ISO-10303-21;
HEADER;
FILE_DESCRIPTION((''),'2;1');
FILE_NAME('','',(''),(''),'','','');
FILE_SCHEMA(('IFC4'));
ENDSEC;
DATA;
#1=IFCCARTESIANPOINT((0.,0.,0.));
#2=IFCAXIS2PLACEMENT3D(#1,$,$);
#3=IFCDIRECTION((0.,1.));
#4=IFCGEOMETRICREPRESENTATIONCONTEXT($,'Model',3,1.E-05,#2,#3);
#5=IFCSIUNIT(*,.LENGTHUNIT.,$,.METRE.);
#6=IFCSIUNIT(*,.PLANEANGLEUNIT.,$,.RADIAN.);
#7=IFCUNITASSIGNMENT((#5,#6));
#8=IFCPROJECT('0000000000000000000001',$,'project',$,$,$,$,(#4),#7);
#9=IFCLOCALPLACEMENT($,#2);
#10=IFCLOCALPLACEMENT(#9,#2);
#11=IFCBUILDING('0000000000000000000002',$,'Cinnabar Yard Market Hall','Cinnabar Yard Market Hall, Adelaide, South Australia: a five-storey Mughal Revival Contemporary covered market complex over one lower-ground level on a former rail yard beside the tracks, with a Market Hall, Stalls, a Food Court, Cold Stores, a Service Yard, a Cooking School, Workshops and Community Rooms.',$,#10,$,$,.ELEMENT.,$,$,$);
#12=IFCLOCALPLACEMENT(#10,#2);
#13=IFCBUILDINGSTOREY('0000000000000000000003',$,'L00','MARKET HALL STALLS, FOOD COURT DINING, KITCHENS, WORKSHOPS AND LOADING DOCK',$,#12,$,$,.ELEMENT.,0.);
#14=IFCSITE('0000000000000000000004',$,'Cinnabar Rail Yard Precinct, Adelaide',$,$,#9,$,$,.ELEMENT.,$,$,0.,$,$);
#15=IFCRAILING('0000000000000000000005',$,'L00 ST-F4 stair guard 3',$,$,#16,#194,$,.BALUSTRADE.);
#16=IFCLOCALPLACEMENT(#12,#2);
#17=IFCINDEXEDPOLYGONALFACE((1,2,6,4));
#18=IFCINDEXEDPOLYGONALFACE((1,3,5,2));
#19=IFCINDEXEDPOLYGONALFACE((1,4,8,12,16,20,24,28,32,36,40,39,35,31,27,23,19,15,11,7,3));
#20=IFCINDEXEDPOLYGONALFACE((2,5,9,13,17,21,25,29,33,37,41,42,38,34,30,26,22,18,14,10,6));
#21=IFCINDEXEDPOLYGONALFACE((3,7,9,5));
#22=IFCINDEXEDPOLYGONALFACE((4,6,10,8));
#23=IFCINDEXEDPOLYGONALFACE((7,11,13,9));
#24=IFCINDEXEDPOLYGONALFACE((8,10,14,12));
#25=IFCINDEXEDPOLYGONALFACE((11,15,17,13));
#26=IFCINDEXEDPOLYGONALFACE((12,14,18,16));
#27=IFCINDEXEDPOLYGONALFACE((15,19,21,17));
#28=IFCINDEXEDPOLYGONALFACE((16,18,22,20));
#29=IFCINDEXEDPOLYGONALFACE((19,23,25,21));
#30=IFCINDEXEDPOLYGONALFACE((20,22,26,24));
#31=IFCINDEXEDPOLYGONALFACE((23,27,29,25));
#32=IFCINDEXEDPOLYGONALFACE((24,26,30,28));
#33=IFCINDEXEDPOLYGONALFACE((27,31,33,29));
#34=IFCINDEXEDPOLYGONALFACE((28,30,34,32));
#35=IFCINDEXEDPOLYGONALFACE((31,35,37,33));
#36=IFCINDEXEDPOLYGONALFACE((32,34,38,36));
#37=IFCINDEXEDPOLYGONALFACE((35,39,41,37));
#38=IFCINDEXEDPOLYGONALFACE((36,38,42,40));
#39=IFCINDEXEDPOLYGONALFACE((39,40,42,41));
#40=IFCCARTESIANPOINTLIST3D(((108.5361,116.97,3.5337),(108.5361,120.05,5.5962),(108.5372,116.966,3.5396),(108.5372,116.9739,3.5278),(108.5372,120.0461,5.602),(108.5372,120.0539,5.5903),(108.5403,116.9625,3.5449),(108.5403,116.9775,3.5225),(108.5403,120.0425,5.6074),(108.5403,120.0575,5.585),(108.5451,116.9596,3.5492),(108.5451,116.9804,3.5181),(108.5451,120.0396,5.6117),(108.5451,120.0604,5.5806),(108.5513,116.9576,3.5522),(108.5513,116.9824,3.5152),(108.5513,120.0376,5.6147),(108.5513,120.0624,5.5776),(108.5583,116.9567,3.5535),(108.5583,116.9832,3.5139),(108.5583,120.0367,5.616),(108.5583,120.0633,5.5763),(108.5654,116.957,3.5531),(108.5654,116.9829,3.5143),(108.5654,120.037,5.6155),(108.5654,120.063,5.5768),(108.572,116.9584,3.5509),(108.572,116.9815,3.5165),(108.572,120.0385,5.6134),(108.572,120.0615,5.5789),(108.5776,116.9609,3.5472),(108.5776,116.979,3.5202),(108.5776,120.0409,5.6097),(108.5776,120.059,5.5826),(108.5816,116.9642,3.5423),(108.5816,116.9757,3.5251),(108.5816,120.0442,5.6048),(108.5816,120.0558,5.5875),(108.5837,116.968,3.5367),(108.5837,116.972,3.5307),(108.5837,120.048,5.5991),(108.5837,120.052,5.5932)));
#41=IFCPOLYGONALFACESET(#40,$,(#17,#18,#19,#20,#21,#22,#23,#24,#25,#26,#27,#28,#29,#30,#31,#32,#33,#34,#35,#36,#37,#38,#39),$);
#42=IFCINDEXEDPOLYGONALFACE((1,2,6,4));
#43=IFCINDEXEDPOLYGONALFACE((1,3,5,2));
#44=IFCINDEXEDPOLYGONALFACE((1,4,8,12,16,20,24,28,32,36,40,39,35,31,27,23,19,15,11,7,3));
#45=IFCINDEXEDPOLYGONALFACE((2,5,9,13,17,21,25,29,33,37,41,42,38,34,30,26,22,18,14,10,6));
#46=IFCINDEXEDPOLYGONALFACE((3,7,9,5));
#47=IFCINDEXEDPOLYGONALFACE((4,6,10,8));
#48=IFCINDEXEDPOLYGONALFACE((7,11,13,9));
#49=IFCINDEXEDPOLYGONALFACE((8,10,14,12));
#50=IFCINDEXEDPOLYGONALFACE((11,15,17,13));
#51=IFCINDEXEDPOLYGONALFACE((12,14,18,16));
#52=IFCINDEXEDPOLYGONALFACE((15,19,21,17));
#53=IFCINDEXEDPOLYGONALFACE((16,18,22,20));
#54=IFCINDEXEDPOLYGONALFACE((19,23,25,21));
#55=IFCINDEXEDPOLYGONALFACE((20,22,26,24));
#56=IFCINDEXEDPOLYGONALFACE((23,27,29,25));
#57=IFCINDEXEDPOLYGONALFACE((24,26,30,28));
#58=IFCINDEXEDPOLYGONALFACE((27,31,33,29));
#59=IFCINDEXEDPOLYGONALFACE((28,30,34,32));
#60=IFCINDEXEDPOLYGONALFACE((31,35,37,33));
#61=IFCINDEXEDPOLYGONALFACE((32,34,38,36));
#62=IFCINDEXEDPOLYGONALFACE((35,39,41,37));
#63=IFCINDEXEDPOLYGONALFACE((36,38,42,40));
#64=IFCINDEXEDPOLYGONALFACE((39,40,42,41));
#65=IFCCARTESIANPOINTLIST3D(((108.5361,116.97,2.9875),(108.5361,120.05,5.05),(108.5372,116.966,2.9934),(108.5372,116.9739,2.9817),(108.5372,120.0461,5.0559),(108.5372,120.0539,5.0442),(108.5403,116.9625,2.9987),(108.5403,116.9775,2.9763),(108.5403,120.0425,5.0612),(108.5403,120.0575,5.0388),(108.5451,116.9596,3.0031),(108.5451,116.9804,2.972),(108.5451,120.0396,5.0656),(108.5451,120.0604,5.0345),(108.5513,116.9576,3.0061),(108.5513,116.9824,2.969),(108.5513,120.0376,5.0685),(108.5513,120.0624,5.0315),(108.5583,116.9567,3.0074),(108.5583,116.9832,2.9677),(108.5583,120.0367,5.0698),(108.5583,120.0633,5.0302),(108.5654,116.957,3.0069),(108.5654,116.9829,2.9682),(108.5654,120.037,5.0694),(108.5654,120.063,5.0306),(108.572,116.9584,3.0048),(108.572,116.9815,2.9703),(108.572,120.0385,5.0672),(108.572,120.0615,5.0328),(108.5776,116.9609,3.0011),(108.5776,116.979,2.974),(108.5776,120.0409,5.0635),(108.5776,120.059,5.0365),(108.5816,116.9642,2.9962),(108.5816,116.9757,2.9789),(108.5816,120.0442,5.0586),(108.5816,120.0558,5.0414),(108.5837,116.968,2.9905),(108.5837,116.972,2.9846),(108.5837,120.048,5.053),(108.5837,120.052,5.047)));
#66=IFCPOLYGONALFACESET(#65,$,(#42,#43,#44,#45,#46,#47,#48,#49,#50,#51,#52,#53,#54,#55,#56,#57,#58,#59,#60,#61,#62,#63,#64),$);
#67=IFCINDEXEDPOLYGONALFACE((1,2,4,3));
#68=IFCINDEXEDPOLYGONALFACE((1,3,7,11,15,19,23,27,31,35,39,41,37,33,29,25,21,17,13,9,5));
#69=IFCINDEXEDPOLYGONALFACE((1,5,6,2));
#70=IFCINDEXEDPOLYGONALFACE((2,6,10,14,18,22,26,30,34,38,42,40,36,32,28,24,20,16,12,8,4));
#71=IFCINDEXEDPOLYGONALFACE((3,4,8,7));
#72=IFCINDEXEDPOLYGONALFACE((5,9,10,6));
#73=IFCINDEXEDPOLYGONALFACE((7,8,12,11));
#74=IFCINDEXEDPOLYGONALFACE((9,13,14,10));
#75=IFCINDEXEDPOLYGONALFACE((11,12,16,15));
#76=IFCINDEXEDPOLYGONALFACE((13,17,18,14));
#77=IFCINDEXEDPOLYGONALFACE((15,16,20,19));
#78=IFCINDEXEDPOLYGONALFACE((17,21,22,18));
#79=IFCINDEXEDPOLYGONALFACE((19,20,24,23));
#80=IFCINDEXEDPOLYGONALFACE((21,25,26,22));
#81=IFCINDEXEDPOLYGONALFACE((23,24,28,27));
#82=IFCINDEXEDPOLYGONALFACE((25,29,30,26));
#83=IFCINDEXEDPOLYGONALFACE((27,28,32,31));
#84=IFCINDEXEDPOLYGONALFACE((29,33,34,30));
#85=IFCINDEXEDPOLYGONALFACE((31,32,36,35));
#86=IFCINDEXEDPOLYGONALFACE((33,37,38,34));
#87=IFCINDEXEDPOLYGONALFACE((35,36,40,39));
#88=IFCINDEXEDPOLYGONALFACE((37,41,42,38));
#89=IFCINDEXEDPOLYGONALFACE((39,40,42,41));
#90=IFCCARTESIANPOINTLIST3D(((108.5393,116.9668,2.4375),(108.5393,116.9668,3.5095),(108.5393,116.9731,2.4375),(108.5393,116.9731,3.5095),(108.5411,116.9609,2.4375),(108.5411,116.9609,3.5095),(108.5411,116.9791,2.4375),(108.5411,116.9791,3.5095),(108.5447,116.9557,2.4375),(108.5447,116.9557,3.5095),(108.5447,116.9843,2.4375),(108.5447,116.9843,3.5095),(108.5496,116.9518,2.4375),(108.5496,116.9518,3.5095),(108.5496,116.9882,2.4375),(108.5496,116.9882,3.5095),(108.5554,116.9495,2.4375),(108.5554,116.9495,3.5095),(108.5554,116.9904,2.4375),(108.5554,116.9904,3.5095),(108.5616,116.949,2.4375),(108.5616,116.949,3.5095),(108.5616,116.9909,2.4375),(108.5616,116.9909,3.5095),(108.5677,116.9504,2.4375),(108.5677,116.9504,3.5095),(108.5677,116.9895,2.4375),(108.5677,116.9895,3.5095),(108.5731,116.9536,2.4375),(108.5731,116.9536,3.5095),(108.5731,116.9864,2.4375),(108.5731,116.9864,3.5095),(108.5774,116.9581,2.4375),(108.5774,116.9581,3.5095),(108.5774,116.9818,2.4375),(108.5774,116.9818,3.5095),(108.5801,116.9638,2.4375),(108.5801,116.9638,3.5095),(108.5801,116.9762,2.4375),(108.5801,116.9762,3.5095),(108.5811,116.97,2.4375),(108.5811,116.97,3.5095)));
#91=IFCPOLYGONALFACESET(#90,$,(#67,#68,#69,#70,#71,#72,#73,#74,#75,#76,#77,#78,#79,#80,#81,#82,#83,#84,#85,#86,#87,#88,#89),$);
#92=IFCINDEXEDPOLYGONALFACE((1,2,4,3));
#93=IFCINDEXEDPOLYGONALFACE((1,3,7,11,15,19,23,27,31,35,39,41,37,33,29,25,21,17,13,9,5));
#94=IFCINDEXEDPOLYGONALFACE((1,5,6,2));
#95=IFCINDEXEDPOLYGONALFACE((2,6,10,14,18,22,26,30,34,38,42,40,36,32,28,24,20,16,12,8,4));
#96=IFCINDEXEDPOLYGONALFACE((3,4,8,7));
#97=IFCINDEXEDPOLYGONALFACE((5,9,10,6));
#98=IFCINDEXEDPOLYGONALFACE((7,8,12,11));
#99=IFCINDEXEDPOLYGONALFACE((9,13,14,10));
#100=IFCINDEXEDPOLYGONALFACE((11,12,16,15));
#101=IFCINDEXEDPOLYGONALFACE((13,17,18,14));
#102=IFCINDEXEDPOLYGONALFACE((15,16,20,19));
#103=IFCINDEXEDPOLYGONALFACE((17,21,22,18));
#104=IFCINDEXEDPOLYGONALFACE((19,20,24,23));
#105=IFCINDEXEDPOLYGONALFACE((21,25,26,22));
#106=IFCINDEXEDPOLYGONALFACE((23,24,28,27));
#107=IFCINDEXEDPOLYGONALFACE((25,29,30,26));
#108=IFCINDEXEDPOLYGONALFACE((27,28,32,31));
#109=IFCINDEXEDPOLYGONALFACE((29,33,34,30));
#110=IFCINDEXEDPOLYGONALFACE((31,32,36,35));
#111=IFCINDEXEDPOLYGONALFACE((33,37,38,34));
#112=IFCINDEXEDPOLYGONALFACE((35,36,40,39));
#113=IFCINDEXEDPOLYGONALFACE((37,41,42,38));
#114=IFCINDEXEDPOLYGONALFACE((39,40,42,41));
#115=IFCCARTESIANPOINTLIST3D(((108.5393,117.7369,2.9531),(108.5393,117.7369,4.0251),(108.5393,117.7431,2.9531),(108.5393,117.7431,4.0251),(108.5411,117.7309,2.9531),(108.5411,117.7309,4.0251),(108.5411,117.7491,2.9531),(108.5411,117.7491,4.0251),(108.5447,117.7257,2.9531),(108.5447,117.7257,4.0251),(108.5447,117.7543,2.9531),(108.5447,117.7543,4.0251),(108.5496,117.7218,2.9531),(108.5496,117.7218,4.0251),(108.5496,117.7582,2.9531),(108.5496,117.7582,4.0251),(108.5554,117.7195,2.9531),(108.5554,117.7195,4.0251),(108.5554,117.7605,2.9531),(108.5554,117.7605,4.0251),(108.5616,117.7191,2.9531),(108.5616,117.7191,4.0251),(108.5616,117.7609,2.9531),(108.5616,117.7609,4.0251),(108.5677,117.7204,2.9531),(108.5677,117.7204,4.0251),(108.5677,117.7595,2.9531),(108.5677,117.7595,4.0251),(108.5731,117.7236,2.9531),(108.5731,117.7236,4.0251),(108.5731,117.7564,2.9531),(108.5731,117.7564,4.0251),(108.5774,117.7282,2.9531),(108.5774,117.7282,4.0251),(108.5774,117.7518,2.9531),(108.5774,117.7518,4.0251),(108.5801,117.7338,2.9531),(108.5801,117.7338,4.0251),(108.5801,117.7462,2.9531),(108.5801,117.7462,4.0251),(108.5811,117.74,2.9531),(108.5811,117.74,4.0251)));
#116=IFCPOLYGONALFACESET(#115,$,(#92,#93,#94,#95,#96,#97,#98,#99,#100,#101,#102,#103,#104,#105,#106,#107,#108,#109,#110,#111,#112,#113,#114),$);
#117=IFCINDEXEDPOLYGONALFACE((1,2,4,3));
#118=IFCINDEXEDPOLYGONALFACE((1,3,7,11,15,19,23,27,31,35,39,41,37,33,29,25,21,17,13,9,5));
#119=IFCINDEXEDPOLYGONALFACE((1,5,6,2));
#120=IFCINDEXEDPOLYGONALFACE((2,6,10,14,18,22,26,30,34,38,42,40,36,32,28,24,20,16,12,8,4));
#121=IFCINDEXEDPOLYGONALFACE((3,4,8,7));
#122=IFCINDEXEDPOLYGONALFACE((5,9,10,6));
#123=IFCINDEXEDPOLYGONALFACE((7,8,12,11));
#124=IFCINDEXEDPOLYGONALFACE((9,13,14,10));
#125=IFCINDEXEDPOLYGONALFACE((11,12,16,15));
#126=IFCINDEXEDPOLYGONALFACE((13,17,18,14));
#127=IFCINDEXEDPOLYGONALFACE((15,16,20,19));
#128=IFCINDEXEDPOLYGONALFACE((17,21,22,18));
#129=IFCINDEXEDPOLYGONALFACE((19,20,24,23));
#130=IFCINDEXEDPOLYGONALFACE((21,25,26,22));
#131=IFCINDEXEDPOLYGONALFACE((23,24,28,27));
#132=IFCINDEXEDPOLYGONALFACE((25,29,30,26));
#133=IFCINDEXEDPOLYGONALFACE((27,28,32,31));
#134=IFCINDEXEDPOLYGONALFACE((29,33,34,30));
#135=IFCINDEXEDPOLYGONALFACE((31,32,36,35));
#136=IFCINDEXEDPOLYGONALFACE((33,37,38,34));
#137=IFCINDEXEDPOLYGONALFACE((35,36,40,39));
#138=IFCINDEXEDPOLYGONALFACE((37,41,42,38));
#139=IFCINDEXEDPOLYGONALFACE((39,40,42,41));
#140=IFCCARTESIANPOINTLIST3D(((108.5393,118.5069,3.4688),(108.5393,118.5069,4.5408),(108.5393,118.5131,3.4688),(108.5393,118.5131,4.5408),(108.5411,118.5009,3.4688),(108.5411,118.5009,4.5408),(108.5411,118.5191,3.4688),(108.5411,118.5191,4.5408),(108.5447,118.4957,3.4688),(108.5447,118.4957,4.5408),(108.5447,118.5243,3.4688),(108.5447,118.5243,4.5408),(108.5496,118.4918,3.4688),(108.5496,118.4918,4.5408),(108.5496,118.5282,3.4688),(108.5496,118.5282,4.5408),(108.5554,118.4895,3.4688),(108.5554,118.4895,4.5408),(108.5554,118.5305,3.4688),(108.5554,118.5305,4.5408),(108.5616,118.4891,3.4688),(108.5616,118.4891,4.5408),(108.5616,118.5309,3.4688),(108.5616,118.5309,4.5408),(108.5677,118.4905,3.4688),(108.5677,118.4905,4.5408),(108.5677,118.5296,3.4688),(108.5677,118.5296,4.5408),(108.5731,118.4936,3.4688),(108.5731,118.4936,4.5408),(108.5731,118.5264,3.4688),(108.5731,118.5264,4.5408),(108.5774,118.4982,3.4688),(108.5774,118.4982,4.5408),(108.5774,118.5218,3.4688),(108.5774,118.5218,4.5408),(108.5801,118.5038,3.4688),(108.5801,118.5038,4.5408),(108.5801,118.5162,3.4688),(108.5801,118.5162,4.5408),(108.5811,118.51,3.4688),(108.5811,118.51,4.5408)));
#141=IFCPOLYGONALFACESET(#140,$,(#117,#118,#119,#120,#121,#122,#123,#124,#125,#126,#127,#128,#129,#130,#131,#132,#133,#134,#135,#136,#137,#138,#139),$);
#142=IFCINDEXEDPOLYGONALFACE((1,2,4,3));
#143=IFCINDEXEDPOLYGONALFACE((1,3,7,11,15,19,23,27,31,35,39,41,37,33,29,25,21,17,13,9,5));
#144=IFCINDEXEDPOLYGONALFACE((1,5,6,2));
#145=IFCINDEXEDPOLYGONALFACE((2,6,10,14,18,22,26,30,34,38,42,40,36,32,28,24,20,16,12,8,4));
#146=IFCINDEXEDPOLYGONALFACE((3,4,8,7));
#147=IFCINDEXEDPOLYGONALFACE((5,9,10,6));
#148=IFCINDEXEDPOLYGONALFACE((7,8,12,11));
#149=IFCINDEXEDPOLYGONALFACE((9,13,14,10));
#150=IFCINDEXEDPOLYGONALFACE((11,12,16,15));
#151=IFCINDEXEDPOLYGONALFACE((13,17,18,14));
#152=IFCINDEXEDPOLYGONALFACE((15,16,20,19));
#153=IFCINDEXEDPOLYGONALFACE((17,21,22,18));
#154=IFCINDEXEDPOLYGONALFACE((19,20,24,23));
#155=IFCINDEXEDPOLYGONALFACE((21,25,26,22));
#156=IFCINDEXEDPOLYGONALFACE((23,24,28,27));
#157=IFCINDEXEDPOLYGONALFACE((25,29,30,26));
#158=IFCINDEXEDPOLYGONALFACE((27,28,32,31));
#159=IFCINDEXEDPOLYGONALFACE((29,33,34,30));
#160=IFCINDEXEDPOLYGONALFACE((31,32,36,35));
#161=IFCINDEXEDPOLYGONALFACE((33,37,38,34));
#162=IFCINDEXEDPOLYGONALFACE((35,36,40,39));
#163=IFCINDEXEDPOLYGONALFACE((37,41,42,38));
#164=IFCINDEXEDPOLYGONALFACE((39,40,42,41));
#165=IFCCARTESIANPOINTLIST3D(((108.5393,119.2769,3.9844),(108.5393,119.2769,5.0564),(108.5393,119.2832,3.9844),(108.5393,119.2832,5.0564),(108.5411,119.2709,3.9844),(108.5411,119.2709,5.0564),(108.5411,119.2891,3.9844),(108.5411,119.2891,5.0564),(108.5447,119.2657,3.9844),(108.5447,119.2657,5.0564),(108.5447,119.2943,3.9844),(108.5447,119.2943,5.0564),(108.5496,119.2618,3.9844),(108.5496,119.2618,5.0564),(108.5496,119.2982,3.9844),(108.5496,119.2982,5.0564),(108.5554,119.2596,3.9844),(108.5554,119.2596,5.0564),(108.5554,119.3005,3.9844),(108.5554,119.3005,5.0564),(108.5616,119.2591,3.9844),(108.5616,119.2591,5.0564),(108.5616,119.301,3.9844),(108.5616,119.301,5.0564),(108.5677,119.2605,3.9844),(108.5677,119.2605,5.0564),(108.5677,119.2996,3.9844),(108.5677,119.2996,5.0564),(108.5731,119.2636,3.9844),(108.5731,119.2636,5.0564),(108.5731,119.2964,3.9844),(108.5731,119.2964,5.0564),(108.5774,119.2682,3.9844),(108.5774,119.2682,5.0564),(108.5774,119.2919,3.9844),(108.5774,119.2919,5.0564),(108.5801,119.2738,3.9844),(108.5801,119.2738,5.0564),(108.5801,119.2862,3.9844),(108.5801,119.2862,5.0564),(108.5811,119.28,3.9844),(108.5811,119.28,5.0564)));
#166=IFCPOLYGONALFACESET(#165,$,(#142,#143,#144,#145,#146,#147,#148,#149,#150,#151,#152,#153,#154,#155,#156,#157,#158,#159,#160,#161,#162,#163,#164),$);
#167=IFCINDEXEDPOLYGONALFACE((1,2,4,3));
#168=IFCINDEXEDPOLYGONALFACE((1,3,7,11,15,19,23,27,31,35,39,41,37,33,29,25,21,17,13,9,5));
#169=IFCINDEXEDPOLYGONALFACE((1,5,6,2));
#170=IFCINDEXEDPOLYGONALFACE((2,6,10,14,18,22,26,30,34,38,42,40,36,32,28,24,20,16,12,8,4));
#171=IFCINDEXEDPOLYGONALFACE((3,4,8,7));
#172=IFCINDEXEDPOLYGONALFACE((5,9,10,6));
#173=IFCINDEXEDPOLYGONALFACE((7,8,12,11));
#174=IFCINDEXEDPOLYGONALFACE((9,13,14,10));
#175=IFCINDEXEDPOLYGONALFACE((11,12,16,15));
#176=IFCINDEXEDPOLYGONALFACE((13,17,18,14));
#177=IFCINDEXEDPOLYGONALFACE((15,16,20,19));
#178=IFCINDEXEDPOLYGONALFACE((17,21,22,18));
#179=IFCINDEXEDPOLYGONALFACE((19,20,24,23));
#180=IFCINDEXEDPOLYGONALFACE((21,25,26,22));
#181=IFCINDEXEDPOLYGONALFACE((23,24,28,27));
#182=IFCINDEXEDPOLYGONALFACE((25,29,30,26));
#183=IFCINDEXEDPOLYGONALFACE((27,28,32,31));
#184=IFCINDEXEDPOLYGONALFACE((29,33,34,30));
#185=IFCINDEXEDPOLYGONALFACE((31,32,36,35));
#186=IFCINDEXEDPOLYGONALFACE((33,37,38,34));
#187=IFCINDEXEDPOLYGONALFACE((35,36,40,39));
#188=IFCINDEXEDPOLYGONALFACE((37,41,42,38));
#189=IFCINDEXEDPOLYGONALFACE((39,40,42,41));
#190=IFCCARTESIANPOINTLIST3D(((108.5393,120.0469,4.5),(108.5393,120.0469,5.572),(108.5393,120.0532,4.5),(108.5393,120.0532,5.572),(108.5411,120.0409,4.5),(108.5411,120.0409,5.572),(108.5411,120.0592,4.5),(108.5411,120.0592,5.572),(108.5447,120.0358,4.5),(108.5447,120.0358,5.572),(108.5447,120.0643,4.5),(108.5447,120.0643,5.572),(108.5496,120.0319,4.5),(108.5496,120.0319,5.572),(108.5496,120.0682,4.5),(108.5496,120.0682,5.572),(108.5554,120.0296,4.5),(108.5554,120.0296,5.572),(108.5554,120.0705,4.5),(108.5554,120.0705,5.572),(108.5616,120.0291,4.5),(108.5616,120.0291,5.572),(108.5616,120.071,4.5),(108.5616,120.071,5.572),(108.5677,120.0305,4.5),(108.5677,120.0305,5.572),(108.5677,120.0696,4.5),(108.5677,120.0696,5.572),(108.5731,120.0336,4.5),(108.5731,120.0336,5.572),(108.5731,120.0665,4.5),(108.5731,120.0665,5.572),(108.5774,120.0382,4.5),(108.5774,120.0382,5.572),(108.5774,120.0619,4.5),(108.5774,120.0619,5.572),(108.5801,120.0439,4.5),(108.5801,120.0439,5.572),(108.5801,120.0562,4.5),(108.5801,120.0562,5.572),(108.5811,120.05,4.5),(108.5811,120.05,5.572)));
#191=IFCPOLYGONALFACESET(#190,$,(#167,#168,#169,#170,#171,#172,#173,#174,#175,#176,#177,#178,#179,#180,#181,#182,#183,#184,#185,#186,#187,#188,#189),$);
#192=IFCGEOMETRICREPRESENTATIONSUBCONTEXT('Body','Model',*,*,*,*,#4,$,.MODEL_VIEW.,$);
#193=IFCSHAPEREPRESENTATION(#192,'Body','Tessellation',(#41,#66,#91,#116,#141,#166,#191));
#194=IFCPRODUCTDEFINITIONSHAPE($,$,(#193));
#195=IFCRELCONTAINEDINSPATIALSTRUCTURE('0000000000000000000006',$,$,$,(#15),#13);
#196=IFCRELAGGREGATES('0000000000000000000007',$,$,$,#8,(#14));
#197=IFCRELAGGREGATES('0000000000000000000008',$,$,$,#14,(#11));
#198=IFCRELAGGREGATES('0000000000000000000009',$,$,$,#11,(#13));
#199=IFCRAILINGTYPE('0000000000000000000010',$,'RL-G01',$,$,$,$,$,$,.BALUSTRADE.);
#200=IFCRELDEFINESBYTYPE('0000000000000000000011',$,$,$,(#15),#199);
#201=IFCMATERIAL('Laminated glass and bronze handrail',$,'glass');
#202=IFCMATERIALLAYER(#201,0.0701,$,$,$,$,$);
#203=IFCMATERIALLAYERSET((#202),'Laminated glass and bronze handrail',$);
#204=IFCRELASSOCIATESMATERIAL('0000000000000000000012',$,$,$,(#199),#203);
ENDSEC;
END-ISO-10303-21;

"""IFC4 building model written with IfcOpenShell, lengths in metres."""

from ifc_helpers import new_model, si_unit, direction, frame, origin, origin_2d_with_axis, place, context, subcontext, project, spatial, circle, extrude, material, layer, layer_set, type_object, element, save


model = new_model("IFC4")

# Units and contexts
model_context = context("Model", 3, precision=1e-05, world=origin(), true_north=direction((0.0, 1.0)))
body_context = subcontext(model_context, "Body", "Model", "MODEL_VIEW")
ifc_project = project(units=[si_unit("LENGTHUNIT", "METRE"), si_unit("PLANEANGLEUNIT", "RADIAN")], contexts=[model_context])

# Site, building, storey
site_placement = place(None, origin())
site = spatial("IfcSite", under=ifc_project, at=site_placement, Name="Cinnabar Rail Yard Precinct, Adelaide", CompositionType="ELEMENT", RefElevation=0.0)
building_placement = place(site_placement, origin())
building = spatial("IfcBuilding", under=site, at=building_placement, Name="Cinnabar Yard Market Hall", Description="Cinnabar Yard Market Hall, Adelaide, South Australia: a five-storey Mughal Revival Contemporary covered market complex over one lower-ground level on a former rail yard beside the tracks, with a Market Hall, Stalls, a Food Court, Cold Stores, a Service Yard, a Cooking School, Workshops and Community Rooms.", CompositionType="ELEMENT")
storey_placement = place(building_placement, origin())
storey = spatial("IfcBuildingStorey", under=building, at=storey_placement, Name="L00", Description="MARKET HALL STALLS, FOOD COURT DINING, KITCHENS, WORKSHOPS AND LOADING DOCK", CompositionType="ELEMENT", Elevation=0.0)

# Railing
ifc_material_1 = material(Name="Laminated glass and bronze handrail", Category="glass")
ifc_layer_1 = layer(ifc_material_1, 0.0701)
ifc_layer_set_1 = layer_set([ifc_layer_1], Name="Laminated glass and bronze handrail")
railing_type_1 = type_object("IfcRailingType", Name="RL-G01", PredefinedType="BALUSTRADE", material=ifc_layer_set_1)
railing_1_placement = place(storey_placement, frame((108.5601, 116.97, 2.4375)))
element("IfcRailing", 1, at=railing_1_placement, inside=storey, type_object=railing_type_1, Name="L00 ST-F4 stair guard 3", PredefinedType="BALUSTRADE", context=body_context, shape_type="SweptSolid", body=[
    extrude(circle(Radius=0.0239, at=origin_2d_with_axis()), frame((0.0, 0.0, 1.0962), z_axis=(0.0, 0.830914, 0.556401), x_axis=(-1.0, 0.0, 0.0)), (0.0, 0.0, 1.0), 3.7068),
    extrude(circle(Radius=0.0239, at=origin_2d_with_axis()), frame((0.0, 0.0, 0.55), z_axis=(0.0, 0.830914, 0.556401), x_axis=(-1.0, 0.0, 0.0)), (0.0, 0.0, 1.0), 3.7068),
    extrude(circle(Radius=0.021, at=origin_2d_with_axis()), origin(), (0.0, 0.0, 1.0), 1.072),
    extrude(circle(Radius=0.021, at=origin_2d_with_axis()), frame((0.0, 0.77, 0.5156)), (0.0, 0.0, 1.0), 1.072),
    extrude(circle(Radius=0.021, at=origin_2d_with_axis()), frame((0.0, 1.54, 1.0312)), (0.0, 0.0, 1.0), 1.072),
    extrude(circle(Radius=0.021, at=origin_2d_with_axis()), frame((0.0, 2.3101, 1.5469)), (0.0, 0.0, 1.0), 1.072),
    extrude(circle(Radius=0.021, at=origin_2d_with_axis()), frame((0.0, 3.0801, 2.0625)), (0.0, 0.0, 1.0), 1.072),
])

save(model, "model.ifc")
